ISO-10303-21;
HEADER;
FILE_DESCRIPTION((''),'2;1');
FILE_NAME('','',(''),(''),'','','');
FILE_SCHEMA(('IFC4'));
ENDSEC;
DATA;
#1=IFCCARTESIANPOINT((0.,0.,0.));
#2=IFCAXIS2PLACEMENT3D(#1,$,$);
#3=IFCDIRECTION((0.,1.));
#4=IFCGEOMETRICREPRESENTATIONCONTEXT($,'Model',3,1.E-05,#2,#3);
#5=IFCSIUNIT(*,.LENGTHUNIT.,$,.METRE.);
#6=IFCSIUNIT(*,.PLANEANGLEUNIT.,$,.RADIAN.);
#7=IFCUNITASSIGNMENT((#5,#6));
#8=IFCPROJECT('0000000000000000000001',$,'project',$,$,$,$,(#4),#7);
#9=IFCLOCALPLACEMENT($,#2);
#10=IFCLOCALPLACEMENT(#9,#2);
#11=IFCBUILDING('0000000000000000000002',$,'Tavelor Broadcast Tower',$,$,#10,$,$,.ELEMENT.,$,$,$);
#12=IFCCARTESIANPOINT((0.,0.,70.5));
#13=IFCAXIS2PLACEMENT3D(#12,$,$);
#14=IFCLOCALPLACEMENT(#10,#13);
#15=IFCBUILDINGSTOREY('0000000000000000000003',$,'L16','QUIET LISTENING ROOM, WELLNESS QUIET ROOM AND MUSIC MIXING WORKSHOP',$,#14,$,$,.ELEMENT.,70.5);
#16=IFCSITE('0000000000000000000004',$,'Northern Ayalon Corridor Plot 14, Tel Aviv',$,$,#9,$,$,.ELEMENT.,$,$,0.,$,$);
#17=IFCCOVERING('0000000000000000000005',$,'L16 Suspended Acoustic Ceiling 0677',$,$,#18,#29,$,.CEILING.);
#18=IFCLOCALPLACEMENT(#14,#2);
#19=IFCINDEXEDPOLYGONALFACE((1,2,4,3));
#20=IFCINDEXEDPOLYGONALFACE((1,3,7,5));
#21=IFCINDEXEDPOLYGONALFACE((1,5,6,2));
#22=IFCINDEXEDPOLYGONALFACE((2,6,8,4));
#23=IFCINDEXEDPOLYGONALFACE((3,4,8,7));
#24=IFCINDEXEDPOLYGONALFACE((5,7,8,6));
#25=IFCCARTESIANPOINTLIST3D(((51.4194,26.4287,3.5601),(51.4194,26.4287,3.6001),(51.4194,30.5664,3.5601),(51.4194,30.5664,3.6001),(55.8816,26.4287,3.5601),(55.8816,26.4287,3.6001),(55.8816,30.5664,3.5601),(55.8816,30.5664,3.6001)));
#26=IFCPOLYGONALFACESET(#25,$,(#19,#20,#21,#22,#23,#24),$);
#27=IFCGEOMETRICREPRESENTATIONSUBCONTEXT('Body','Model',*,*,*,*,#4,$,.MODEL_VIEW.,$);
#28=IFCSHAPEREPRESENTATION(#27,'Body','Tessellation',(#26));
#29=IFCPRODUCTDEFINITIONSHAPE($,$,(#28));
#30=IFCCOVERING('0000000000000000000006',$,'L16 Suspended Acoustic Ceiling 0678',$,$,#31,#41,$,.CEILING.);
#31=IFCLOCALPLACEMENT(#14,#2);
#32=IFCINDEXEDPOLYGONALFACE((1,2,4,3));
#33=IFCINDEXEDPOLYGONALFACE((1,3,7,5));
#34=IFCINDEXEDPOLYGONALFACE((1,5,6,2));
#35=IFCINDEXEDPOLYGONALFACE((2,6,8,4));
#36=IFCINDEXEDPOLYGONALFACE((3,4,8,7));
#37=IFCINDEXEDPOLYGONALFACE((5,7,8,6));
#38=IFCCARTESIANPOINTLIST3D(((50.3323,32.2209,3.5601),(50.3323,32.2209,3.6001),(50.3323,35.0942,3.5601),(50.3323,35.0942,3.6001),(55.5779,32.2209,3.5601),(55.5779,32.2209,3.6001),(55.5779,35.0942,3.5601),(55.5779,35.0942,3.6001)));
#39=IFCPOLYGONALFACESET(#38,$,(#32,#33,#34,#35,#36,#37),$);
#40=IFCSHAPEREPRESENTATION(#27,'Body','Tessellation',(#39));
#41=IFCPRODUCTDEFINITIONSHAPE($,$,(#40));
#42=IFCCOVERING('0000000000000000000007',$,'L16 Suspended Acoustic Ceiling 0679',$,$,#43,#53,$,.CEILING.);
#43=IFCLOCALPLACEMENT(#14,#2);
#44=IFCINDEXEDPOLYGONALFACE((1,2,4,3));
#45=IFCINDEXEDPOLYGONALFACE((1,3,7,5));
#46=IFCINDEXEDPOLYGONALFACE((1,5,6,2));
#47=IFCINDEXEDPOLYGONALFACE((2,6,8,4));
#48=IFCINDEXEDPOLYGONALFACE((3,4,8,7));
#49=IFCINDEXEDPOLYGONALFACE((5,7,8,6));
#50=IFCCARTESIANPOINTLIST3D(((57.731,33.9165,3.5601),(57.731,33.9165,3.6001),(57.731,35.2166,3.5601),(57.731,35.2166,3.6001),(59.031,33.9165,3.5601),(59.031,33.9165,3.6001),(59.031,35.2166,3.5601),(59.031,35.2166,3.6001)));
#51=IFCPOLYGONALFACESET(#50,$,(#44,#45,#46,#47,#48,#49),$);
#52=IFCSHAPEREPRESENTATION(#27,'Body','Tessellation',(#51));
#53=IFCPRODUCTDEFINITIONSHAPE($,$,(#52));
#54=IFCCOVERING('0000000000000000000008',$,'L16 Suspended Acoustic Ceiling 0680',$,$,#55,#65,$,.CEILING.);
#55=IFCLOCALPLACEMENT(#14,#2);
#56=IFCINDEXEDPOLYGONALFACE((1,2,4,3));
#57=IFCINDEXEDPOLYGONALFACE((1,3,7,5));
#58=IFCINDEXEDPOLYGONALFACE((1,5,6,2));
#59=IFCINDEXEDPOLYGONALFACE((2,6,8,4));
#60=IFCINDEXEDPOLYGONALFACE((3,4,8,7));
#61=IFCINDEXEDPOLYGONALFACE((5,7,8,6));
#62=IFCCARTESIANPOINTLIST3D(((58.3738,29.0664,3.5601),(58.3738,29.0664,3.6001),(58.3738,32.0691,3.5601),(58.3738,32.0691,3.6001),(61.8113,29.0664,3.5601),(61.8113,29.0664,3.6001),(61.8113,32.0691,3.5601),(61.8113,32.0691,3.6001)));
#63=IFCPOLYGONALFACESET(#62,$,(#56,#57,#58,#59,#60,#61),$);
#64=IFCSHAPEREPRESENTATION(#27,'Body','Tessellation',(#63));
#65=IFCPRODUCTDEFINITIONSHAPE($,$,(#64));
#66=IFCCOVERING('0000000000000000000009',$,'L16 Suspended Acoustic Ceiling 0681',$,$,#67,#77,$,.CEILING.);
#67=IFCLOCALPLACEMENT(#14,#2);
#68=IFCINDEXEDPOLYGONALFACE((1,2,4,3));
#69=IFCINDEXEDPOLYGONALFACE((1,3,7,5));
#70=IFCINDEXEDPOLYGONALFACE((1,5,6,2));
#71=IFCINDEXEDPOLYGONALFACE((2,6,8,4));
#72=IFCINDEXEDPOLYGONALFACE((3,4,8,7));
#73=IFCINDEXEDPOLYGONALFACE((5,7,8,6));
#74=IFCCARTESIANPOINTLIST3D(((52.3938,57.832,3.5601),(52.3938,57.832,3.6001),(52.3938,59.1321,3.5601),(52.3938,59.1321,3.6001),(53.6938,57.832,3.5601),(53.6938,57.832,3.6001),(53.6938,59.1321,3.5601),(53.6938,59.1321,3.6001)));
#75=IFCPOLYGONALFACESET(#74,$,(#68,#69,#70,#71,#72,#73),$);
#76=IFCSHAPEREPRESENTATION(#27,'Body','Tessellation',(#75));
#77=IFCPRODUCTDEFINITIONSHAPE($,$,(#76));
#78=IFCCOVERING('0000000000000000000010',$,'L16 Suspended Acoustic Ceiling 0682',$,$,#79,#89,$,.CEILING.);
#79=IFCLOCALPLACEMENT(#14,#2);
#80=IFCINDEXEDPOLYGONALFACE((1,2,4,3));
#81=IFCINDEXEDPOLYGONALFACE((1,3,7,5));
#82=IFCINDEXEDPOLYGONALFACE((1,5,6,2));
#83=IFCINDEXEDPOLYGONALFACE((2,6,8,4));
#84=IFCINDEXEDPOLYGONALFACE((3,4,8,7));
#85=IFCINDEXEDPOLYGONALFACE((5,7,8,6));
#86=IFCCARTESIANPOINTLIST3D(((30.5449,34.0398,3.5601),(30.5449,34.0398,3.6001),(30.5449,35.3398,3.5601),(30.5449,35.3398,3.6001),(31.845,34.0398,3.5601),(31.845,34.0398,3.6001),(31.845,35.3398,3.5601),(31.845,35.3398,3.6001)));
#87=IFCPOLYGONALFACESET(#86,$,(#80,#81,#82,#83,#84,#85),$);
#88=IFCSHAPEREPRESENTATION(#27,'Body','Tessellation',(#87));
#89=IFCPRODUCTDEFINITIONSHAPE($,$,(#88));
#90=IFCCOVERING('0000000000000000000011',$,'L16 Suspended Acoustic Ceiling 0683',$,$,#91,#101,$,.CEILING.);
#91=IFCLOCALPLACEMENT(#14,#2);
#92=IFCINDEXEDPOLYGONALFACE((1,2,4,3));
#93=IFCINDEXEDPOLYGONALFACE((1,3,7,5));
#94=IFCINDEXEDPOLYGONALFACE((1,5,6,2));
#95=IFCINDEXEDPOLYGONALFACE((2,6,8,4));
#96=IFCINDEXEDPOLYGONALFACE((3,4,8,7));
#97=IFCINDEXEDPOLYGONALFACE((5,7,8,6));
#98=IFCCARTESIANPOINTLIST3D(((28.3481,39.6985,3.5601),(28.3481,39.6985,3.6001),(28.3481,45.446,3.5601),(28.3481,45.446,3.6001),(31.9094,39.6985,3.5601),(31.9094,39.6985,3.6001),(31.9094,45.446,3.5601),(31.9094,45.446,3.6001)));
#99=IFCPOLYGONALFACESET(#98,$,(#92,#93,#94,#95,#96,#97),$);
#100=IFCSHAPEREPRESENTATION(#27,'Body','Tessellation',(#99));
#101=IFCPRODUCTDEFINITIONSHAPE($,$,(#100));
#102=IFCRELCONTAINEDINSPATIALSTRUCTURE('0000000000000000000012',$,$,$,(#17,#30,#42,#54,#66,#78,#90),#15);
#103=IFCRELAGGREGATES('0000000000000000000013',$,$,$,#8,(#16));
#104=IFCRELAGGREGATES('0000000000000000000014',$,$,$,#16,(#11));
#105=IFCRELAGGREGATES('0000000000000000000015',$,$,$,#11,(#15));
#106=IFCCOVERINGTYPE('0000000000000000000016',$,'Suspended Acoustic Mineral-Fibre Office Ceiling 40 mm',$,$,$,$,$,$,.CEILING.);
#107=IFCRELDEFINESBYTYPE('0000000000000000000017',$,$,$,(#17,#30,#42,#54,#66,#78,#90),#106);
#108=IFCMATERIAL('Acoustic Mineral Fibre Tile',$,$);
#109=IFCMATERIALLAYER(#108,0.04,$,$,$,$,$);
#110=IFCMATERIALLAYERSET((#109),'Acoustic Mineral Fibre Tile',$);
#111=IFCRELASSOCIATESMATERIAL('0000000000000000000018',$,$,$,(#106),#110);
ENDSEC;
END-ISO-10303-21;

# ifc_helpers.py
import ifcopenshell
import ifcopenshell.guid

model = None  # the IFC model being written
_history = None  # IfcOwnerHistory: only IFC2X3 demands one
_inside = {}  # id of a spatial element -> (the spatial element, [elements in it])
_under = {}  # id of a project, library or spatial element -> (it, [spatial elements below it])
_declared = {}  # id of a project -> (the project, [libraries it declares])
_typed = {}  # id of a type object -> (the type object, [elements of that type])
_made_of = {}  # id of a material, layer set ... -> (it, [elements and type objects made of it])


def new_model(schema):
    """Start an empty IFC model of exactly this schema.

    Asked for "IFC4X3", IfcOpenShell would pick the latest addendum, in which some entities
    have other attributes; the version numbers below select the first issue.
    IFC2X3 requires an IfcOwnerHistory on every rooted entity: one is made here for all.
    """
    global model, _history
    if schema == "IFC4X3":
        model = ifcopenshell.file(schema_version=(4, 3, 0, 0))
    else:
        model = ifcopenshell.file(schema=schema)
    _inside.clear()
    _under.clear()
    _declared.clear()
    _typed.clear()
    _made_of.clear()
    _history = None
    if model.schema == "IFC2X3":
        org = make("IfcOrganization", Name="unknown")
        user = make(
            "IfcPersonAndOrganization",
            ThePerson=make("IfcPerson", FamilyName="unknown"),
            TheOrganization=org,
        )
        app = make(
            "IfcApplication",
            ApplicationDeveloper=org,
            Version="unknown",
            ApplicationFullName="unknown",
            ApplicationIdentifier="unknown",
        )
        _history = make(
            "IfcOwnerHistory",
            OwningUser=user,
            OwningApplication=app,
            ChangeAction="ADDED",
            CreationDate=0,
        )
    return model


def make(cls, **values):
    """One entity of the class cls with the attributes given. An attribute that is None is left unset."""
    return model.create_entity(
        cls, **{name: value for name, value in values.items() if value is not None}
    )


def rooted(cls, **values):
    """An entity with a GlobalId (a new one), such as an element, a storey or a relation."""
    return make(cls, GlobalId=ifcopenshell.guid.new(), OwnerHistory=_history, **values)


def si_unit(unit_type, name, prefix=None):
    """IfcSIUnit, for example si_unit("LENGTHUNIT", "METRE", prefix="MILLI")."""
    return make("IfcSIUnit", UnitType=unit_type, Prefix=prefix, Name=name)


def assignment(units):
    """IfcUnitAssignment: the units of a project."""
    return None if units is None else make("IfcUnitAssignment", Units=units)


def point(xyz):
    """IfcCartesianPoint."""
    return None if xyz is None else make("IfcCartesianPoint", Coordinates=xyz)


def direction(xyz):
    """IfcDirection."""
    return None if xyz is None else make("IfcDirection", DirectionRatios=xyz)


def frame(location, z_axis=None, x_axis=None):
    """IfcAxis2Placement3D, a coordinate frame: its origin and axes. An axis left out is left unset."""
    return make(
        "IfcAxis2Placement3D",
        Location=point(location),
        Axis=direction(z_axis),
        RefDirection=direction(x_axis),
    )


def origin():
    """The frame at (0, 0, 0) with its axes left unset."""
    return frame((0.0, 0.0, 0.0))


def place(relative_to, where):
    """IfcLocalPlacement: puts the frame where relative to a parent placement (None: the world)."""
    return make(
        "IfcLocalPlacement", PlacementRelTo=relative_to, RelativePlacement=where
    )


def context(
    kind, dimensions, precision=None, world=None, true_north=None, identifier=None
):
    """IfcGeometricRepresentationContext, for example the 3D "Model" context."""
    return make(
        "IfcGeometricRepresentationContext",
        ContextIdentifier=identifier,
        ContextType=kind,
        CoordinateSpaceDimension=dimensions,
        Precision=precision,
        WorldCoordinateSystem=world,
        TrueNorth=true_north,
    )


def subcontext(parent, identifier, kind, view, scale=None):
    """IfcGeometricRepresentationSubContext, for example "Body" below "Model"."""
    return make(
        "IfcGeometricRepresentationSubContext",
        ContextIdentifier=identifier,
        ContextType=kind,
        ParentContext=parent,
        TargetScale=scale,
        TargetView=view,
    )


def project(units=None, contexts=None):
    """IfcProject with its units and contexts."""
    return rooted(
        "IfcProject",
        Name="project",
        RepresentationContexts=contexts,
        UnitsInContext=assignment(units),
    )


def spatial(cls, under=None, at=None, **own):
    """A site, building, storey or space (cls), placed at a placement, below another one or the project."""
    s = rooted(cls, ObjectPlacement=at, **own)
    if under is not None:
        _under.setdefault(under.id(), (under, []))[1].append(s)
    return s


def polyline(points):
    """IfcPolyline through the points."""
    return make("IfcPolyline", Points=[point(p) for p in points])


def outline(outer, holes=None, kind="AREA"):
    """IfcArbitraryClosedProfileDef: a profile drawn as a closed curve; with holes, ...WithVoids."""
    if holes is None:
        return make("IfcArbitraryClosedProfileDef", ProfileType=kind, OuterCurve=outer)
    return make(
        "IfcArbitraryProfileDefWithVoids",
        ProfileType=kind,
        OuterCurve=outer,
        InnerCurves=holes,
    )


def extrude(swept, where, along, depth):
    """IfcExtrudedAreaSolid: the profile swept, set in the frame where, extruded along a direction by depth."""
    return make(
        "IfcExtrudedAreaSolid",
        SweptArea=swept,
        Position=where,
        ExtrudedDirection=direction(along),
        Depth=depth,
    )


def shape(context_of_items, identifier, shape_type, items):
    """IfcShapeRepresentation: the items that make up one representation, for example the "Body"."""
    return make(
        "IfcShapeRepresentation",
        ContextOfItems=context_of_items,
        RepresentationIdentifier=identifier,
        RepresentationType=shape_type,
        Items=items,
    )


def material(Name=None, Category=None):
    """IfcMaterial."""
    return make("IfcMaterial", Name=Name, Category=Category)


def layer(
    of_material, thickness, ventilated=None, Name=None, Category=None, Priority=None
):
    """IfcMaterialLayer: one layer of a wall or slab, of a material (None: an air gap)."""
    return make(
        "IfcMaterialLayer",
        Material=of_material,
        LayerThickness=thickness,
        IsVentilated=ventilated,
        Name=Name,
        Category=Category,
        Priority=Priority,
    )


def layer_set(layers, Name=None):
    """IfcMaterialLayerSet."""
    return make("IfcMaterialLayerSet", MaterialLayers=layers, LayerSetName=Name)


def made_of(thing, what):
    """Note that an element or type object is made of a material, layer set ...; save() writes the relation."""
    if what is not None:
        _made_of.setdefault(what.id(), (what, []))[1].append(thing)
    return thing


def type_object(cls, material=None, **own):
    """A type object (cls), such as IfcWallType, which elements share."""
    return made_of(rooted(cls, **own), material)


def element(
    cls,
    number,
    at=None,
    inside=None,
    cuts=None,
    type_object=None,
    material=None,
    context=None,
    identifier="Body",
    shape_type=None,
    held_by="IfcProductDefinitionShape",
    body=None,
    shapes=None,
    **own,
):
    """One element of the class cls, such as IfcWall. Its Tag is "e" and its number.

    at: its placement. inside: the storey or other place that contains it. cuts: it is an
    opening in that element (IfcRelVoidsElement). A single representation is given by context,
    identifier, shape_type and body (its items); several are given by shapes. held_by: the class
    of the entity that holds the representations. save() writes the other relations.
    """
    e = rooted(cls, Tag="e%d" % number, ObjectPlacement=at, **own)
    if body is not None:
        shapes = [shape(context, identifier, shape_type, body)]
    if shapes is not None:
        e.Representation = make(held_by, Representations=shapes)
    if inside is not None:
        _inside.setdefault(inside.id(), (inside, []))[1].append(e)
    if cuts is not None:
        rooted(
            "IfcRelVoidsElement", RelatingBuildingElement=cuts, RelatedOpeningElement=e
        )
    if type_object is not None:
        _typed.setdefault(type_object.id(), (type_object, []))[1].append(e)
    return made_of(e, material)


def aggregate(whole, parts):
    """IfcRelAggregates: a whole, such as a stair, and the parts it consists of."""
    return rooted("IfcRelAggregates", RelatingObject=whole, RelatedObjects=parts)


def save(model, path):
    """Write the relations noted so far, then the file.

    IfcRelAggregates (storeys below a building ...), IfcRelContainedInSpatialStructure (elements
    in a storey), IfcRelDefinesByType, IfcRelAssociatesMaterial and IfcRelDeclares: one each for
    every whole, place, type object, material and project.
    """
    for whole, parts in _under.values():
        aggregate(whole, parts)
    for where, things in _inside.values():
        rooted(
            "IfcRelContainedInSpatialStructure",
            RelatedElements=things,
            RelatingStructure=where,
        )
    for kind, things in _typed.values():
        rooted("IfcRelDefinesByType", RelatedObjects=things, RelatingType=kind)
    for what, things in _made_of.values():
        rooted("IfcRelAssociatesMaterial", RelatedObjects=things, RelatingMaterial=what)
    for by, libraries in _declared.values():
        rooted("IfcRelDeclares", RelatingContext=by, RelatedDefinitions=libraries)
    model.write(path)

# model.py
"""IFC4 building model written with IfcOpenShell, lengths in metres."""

from ifc_helpers import new_model, si_unit, direction, frame, origin, place, context, subcontext, project, spatial, polyline, outline, extrude, material, layer, layer_set, type_object, element, save


model = new_model("IFC4")

# Units and contexts
model_context = context("Model", 3, precision=1e-05, world=origin(), true_north=direction((0.0, 1.0)))
body_context = subcontext(model_context, "Body", "Model", "MODEL_VIEW")
ifc_project = project(units=[si_unit("LENGTHUNIT", "METRE"), si_unit("PLANEANGLEUNIT", "RADIAN")], contexts=[model_context])

# Site, building, storey
site_placement = place(None, origin())
site = spatial("IfcSite", under=ifc_project, at=site_placement, Name="Northern Ayalon Corridor Plot 14, Tel Aviv", CompositionType="ELEMENT", RefElevation=0.0)
building_placement = place(site_placement, origin())
building = spatial("IfcBuilding", under=site, at=building_placement, Name="Tavelor Broadcast Tower", CompositionType="ELEMENT")
storey_placement = place(building_placement, frame((0.0, 0.0, 70.5)))
storey = spatial("IfcBuildingStorey", under=building, at=storey_placement, Name="L16", Description="QUIET LISTENING ROOM, WELLNESS QUIET ROOM AND MUSIC MIXING WORKSHOP", CompositionType="ELEMENT", Elevation=70.5)

# Coverings
ifc_material_1 = material(Name="Acoustic Mineral Fibre Tile")
ifc_layer_1 = layer(ifc_material_1, 0.04)
ifc_layer_set_1 = layer_set([ifc_layer_1], Name="Acoustic Mineral Fibre Tile")
covering_type_1 = type_object("IfcCoveringType", Name="Suspended Acoustic Mineral-Fibre Office Ceiling 40 mm", PredefinedType="CEILING", material=ifc_layer_set_1)
covering_1_placement = place(storey_placement, frame((0.0, 0.0, 3.5601)))
element("IfcCovering", 1, at=covering_1_placement, inside=storey, type_object=covering_type_1, Name="L16 Suspended Acoustic Ceiling 0677", PredefinedType="CEILING", context=body_context, shape_type="SweptSolid", body=[
    extrude(outline(polyline([(51.4194, 26.4287), (55.8816, 26.4287), (55.8816, 30.5664), (51.4194, 30.5664), (51.4194, 26.4287)])), origin(), (0.0, 0.0, 1.0), 0.04),
])
covering_2_placement = place(storey_placement, frame((0.0, 0.0, 3.5601)))
element("IfcCovering", 2, at=covering_2_placement, inside=storey, type_object=covering_type_1, Name="L16 Suspended Acoustic Ceiling 0678", PredefinedType="CEILING", context=body_context, shape_type="SweptSolid", body=[
    extrude(outline(polyline([(50.3323, 32.2209), (55.5779, 32.2209), (55.5779, 35.0942), (50.3323, 35.0942), (50.3323, 32.2209)])), origin(), (0.0, 0.0, 1.0), 0.04),
])
covering_3_placement = place(storey_placement, frame((0.0, 0.0, 3.5601)))
element("IfcCovering", 3, at=covering_3_placement, inside=storey, type_object=covering_type_1, Name="L16 Suspended Acoustic Ceiling 0679", PredefinedType="CEILING", context=body_context, shape_type="SweptSolid", body=[
    extrude(outline(polyline([(57.731, 33.9165), (59.031, 33.9165), (59.031, 35.2166), (57.731, 35.2166), (57.731, 33.9165)])), origin(), (0.0, 0.0, 1.0), 0.04),
])
covering_4_placement = place(storey_placement, frame((0.0, 0.0, 3.5601)))
element("IfcCovering", 4, at=covering_4_placement, inside=storey, type_object=covering_type_1, Name="L16 Suspended Acoustic Ceiling 0680", PredefinedType="CEILING", context=body_context, shape_type="SweptSolid", body=[
    extrude(outline(polyline([(58.3738, 29.0664), (61.8113, 29.0664), (61.8113, 32.0691), (58.3738, 32.0691), (58.3738, 29.0664)])), origin(), (0.0, 0.0, 1.0), 0.04),
])
covering_5_placement = place(storey_placement, frame((0.0, 0.0, 3.5601)))
element("IfcCovering", 5, at=covering_5_placement, inside=storey, type_object=covering_type_1, Name="L16 Suspended Acoustic Ceiling 0681", PredefinedType="CEILING", context=body_context, shape_type="SweptSolid", body=[
    extrude(outline(polyline([(52.3938, 57.832), (53.6938, 57.832), (53.6938, 59.1321), (52.3938, 59.1321), (52.3938, 57.832)])), origin(), (0.0, 0.0, 1.0), 0.04),
])
covering_6_placement = place(storey_placement, frame((0.0, 0.0, 3.5601)))
element("IfcCovering", 6, at=covering_6_placement, inside=storey, type_object=covering_type_1, Name="L16 Suspended Acoustic Ceiling 0682", PredefinedType="CEILING", context=body_context, shape_type="SweptSolid", body=[
    extrude(outline(polyline([(30.5449, 34.0398), (31.845, 34.0398), (31.845, 35.3398), (30.5449, 35.3398), (30.5449, 34.0398)])), origin(), (0.0, 0.0, 1.0), 0.04),
])
covering_7_placement = place(storey_placement, frame((0.0, 0.0, 3.5601)))
element("IfcCovering", 7, at=covering_7_placement, inside=storey, type_object=covering_type_1, Name="L16 Suspended Acoustic Ceiling 0683", PredefinedType="CEILING", context=body_context, shape_type="SweptSolid", body=[
    extrude(outline(polyline([(28.3481, 39.6985), (31.9094, 39.6985), (31.9094, 45.446), (28.3481, 45.446), (28.3481, 39.6985)])), origin(), (0.0, 0.0, 1.0), 0.04),
])

save(model, "model.ifc")
